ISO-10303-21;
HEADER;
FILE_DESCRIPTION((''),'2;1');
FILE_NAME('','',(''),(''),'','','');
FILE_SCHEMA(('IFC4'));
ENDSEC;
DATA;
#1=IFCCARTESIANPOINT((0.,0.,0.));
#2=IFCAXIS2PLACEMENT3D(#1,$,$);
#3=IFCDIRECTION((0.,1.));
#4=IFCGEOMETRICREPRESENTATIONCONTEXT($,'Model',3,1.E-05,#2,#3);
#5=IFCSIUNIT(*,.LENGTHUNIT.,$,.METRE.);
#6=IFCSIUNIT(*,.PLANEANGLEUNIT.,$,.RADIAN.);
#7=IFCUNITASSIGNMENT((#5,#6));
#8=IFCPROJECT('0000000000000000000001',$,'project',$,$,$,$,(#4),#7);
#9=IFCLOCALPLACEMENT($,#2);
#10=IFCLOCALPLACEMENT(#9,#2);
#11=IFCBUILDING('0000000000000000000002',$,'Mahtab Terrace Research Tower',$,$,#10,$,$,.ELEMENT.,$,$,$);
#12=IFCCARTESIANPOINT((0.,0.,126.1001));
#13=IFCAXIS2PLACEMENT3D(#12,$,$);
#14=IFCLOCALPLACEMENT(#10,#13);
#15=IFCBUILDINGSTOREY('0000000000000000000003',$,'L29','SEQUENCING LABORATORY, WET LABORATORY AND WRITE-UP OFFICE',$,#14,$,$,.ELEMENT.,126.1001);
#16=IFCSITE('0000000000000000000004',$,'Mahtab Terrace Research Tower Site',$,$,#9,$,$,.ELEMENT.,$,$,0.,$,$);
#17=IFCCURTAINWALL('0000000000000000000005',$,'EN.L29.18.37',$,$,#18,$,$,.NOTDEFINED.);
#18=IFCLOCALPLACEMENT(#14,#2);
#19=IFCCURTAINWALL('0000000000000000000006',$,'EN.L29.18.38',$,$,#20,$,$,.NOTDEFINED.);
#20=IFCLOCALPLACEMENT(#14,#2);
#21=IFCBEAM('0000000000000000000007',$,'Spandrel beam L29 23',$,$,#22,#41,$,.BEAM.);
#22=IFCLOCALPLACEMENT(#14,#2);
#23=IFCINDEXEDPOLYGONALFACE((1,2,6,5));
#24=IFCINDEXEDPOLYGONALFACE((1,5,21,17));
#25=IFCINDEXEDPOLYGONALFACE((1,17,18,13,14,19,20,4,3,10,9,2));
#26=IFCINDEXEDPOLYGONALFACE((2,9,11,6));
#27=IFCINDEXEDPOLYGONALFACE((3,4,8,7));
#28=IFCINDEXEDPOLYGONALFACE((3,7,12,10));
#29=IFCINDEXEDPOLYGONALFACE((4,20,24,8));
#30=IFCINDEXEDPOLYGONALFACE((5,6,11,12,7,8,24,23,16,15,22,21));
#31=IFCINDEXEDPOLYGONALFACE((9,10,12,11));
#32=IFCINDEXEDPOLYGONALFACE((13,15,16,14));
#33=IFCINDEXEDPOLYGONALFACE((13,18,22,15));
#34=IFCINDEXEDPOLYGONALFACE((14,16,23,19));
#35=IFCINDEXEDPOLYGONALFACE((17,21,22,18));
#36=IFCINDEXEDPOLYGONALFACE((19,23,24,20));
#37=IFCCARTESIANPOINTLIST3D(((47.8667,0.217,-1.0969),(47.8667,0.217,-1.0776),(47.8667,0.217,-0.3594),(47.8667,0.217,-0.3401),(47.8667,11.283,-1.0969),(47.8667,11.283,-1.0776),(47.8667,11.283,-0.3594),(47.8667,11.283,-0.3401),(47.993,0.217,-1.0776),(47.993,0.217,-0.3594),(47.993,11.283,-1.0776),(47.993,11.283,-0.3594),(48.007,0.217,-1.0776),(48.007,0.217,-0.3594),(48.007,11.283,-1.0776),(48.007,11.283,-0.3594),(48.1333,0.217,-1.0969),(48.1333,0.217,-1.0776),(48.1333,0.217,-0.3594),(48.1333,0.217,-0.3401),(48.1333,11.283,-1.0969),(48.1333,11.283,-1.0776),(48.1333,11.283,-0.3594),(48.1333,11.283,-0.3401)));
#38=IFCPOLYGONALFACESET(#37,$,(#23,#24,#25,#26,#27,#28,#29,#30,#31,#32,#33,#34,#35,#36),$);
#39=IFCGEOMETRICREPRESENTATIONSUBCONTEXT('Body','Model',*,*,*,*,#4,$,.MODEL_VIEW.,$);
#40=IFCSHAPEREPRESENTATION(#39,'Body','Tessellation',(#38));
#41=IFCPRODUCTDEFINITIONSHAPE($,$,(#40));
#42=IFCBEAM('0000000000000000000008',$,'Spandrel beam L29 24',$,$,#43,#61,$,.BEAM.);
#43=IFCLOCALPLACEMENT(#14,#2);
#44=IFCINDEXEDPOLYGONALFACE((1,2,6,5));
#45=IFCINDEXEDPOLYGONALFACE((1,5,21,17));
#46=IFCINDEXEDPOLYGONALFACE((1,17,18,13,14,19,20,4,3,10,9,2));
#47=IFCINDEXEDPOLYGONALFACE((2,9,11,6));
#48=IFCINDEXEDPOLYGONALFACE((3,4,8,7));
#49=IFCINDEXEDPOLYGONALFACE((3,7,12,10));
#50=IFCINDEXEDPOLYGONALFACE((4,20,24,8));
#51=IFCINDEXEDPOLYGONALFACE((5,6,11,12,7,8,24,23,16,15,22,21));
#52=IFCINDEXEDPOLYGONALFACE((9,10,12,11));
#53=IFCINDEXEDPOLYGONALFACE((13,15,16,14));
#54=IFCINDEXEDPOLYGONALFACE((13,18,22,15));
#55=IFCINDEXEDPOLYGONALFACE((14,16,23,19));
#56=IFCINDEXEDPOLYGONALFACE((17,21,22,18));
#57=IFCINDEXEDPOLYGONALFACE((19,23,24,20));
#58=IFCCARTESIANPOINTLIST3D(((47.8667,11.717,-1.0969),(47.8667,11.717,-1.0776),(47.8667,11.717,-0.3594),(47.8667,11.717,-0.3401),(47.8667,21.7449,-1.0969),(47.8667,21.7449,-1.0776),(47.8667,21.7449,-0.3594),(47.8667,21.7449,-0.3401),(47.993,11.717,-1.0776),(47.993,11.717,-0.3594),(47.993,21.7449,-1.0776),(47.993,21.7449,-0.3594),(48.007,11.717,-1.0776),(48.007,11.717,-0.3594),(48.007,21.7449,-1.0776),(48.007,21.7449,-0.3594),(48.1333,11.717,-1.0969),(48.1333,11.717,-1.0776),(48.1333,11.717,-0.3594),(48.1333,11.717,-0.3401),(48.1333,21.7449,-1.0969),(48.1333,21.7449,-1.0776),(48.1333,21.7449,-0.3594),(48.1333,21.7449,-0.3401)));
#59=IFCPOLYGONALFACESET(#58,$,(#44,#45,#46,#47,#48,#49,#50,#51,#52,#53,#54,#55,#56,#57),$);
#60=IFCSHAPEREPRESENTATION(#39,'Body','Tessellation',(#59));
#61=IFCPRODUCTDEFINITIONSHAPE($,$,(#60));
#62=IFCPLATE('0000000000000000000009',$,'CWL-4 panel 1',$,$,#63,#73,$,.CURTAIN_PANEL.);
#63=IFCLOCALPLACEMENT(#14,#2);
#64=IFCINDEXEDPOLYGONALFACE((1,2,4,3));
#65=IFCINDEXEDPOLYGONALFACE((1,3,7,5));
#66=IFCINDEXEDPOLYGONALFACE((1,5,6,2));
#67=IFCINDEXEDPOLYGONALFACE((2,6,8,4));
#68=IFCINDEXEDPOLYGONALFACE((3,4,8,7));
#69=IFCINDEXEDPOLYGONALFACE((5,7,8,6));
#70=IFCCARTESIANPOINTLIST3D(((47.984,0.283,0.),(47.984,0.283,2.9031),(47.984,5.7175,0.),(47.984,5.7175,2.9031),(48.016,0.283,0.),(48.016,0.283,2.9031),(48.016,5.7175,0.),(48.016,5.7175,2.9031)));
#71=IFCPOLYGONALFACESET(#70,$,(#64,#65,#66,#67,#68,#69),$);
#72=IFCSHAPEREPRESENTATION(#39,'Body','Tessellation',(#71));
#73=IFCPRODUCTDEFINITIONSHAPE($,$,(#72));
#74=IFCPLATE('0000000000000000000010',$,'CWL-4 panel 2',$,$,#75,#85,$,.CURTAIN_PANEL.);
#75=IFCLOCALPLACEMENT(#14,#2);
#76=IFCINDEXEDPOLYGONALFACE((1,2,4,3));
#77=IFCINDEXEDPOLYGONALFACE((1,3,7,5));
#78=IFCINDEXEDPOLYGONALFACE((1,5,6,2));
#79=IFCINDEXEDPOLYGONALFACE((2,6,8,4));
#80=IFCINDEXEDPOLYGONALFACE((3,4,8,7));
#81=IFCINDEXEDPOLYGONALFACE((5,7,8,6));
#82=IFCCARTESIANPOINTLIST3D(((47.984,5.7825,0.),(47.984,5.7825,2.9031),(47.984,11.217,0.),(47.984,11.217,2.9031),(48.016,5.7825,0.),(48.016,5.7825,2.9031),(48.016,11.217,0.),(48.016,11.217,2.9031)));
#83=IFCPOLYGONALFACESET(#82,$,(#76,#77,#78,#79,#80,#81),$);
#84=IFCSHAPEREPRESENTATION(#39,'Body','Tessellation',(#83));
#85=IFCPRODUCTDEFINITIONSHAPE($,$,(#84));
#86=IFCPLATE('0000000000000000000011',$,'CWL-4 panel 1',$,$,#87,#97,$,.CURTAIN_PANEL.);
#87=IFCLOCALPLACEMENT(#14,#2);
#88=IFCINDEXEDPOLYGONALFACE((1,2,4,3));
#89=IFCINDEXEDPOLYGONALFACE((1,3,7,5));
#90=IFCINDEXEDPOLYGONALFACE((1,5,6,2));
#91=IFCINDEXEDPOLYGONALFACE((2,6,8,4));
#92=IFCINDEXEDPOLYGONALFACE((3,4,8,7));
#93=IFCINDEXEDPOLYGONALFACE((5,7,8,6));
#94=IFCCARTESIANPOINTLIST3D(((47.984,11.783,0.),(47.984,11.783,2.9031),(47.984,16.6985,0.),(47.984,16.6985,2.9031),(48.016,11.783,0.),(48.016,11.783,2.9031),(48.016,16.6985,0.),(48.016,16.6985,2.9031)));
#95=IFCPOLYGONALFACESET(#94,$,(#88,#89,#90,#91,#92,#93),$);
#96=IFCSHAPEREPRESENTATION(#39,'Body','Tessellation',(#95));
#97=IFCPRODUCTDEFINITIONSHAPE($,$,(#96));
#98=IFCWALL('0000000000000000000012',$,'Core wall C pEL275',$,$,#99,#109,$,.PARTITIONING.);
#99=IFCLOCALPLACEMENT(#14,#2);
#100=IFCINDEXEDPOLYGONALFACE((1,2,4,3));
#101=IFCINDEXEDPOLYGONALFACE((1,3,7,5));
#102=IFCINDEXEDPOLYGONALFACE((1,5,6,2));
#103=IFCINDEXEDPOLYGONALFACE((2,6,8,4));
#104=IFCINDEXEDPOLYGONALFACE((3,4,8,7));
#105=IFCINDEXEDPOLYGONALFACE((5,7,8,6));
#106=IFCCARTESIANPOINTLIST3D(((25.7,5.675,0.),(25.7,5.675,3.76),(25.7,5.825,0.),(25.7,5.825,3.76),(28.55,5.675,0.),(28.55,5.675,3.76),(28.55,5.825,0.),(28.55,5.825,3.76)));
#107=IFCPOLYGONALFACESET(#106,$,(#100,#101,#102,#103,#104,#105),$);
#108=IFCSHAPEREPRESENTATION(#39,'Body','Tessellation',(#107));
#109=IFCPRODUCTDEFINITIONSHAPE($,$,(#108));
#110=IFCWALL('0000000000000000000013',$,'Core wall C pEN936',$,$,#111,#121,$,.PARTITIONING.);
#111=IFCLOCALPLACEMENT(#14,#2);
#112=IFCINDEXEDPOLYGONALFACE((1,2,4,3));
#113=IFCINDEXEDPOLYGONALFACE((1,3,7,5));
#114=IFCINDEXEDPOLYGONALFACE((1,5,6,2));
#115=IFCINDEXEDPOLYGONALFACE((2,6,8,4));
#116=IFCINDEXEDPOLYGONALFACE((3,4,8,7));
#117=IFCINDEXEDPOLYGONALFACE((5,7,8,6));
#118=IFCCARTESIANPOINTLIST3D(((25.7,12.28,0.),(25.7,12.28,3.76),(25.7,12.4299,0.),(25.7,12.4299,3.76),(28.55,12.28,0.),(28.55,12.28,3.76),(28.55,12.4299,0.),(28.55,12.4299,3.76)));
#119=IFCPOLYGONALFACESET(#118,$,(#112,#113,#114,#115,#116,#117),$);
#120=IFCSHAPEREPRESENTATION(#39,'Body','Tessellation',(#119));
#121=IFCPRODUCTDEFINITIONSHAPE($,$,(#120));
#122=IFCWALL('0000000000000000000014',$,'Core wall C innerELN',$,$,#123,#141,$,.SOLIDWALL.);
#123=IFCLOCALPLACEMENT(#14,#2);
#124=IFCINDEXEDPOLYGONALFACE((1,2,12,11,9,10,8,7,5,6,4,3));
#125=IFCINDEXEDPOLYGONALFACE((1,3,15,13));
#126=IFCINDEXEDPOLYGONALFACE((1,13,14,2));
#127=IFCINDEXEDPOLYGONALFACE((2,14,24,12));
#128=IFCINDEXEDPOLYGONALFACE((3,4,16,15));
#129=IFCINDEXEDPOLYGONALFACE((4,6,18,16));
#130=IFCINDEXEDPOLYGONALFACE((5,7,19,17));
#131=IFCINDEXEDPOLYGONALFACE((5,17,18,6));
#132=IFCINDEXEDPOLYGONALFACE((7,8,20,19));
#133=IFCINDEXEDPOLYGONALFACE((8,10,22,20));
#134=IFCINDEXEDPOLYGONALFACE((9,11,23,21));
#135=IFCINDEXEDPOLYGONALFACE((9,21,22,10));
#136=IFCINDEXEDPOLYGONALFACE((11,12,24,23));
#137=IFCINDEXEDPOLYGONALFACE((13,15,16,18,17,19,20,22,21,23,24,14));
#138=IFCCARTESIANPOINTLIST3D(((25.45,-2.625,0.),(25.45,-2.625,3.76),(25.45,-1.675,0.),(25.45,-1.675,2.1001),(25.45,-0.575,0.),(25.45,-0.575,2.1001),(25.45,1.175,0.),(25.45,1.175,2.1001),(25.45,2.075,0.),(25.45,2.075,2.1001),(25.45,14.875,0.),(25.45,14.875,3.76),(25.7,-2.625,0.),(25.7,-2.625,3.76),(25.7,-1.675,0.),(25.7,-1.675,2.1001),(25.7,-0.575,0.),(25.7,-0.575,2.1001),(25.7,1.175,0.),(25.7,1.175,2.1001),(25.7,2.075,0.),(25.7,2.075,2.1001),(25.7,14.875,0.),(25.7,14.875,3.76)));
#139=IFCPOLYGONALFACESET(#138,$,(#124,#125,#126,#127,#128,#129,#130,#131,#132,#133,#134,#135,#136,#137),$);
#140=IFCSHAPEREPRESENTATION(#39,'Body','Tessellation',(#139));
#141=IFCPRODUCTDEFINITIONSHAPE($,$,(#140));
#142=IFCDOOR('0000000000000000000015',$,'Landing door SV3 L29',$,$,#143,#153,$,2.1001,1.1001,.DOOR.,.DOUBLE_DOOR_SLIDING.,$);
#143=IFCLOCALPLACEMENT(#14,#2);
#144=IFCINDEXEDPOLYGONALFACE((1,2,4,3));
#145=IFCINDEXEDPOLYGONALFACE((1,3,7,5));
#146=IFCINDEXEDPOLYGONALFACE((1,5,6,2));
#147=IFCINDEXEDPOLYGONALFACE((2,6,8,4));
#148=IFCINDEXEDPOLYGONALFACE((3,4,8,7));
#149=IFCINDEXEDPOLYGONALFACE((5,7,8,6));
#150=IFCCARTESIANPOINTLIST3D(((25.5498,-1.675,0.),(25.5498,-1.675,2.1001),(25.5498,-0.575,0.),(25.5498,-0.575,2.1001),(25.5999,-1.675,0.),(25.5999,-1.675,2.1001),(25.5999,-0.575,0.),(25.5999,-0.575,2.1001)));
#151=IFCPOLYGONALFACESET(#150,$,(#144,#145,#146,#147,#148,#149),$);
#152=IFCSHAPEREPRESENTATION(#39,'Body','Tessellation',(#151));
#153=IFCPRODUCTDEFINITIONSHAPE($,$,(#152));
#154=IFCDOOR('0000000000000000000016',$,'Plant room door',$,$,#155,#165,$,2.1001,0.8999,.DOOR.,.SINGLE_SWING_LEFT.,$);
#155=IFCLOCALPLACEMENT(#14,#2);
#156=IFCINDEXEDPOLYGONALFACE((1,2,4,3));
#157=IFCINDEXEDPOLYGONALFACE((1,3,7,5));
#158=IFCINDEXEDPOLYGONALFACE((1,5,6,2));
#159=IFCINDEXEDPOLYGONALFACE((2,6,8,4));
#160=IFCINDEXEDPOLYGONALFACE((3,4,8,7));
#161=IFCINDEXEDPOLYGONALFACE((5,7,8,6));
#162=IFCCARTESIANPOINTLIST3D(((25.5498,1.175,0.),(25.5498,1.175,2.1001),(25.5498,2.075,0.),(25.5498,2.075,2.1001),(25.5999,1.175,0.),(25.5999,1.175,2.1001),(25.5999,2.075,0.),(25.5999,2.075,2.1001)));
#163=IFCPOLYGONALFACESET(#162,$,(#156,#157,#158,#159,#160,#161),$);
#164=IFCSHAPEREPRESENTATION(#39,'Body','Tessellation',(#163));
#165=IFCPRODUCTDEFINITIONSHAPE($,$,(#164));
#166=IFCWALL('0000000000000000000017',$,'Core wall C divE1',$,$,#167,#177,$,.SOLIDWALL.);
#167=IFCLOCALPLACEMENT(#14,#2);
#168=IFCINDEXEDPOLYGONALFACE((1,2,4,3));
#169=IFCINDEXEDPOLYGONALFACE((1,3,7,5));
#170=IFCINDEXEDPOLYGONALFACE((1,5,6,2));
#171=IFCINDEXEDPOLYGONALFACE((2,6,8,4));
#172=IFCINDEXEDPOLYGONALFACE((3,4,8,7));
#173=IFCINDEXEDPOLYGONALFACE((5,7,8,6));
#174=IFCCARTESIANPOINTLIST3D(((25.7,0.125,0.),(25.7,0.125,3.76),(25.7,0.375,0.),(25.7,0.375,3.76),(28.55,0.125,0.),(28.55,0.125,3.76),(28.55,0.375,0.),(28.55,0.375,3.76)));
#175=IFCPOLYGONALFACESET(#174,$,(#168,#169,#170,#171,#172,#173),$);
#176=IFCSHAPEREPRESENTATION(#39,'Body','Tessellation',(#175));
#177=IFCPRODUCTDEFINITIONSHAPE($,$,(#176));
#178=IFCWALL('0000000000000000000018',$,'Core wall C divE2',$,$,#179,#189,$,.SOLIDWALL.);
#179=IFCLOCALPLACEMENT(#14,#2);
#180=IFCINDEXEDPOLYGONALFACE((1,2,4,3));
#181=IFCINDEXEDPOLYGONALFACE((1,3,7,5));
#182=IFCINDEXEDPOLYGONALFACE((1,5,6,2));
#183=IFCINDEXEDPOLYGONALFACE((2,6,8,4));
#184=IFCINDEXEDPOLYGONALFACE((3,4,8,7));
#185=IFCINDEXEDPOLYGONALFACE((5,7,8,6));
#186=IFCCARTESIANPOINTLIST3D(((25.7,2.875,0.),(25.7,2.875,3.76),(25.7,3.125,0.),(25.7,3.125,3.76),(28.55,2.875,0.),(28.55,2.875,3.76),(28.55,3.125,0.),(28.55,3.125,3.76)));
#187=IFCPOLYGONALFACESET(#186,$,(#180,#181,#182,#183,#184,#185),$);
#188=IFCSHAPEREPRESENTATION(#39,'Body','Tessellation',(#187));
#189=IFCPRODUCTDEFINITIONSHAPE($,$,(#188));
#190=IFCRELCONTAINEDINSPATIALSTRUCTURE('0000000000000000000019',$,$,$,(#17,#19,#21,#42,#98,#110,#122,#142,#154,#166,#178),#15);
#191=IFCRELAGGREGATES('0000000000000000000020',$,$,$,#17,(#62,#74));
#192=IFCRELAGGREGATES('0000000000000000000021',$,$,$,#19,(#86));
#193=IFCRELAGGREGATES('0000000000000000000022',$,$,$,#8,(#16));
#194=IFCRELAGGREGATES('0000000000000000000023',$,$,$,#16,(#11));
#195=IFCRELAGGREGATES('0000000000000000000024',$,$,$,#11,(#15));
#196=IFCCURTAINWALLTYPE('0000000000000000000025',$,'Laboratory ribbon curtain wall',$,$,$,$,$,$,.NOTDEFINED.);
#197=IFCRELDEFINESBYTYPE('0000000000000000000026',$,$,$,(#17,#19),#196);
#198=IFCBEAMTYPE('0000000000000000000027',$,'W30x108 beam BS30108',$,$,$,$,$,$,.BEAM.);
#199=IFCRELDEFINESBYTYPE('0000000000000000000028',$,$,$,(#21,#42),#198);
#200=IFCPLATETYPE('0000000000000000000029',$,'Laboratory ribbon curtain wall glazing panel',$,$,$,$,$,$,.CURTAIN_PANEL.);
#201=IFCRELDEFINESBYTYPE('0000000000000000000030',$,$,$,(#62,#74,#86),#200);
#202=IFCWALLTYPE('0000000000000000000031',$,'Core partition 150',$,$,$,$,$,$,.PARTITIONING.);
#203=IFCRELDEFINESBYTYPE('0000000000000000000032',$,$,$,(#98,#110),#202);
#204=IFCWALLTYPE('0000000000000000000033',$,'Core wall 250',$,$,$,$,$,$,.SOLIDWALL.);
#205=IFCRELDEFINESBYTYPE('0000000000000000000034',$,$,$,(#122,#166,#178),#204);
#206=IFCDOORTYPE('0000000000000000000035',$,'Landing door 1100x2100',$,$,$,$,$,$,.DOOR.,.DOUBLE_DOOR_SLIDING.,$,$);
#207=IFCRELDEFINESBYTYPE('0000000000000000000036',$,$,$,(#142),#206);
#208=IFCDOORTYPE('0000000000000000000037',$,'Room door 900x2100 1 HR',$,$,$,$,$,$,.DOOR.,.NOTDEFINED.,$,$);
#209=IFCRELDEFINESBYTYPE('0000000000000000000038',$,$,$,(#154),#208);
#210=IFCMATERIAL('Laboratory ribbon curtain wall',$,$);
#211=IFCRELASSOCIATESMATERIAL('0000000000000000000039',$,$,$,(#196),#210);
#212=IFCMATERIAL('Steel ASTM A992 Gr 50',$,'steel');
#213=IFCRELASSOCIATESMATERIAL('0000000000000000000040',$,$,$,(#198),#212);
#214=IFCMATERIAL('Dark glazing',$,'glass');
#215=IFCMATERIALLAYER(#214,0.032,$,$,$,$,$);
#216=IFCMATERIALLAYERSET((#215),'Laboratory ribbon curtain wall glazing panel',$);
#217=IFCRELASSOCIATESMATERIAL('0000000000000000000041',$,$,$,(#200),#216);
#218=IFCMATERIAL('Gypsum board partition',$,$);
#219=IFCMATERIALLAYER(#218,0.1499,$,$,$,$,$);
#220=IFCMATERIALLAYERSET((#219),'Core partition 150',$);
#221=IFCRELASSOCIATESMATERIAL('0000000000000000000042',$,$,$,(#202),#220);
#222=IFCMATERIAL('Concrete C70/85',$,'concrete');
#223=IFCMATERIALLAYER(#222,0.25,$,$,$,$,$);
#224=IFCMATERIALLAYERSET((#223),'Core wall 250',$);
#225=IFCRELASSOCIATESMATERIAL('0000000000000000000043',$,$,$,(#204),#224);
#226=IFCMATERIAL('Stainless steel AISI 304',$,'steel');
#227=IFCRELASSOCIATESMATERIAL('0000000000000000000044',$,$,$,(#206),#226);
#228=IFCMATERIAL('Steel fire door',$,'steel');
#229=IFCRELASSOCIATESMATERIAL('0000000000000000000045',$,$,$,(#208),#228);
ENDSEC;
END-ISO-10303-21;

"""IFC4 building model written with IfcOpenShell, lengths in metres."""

from ifc_helpers import new_model, si_unit, direction, frame, frame_2d, origin, origin_2d, place, context, subcontext, project, spatial, rectangle, i_section, extrude, material, layer, layer_set, material_profile, profile_set, type_object, element, fill, aggregate, save


model = new_model("IFC4")

# Units and contexts
model_context = context("Model", 3, precision=1e-05, world=origin(), true_north=direction((0.0, 1.0)))
body_context = subcontext(model_context, "Body", "Model", "MODEL_VIEW")
ifc_project = project(units=[si_unit("LENGTHUNIT", "METRE"), si_unit("PLANEANGLEUNIT", "RADIAN")], contexts=[model_context])

# Site, building, storey
site_placement = place(None, origin())
site = spatial("IfcSite", under=ifc_project, at=site_placement, Name="Mahtab Terrace Research Tower Site", CompositionType="ELEMENT", RefElevation=0.0)
building_placement = place(site_placement, origin())
building = spatial("IfcBuilding", under=site, at=building_placement, Name="Mahtab Terrace Research Tower", CompositionType="ELEMENT")
storey_placement = place(building_placement, frame((0.0, 0.0, 126.1001)))
storey = spatial("IfcBuildingStorey", under=building, at=storey_placement, Name="L29", Description="SEQUENCING LABORATORY, WET LABORATORY AND WRITE-UP OFFICE", CompositionType="ELEMENT", Elevation=126.1001)

# Shared definitions
ifc_material_1 = material(Name="Concrete C70/85", Category="concrete")
ifc_material_2 = material(Name="Steel ASTM A992 Gr 50", Category="steel")

# Curtain walls
ifc_material_3 = material(Name="Laboratory ribbon curtain wall")
curtain_wall_type = type_object("IfcCurtainWallType", Name="Laboratory ribbon curtain wall", PredefinedType="NOTDEFINED", material=ifc_material_3)
curtain_wall_1_placement = place(storey_placement, origin())
curtain_wall_1 = element("IfcCurtainWall", 1, at=curtain_wall_1_placement, inside=storey, type_object=curtain_wall_type, Name="EN.L29.18.37", PredefinedType="NOTDEFINED")
curtain_wall_2_placement = place(storey_placement, origin())
curtain_wall_2 = element("IfcCurtainWall", 2, at=curtain_wall_2_placement, inside=storey, type_object=curtain_wall_type, Name="EN.L29.18.38", PredefinedType="NOTDEFINED")

# Beams
ifc_material_profile_1 = material_profile(ifc_material_2, i_section(OverallWidth=0.2666, OverallDepth=0.7568, WebThickness=0.0139, FlangeThickness=0.0193, at=origin_2d()), Name="W30X108")
ifc_profile_set_1 = profile_set([ifc_material_profile_1], Name="Steel ASTM A992 Gr 50")
beam_type = type_object("IfcBeamType", Name="W30x108 beam BS30108", PredefinedType="BEAM", material=ifc_profile_set_1)
beam_1_placement = place(storey_placement, frame((48.0, 0.217, -0.7185), z_axis=(0.0, 1.0, 0.0), x_axis=(-1.0, 0.0, 0.0)))
element("IfcBeam", 3, at=beam_1_placement, inside=storey, type_object=beam_type, Name="Spandrel beam L29 23", PredefinedType="BEAM", context=body_context, shape_type="SweptSolid", body=[
    extrude(i_section(OverallWidth=0.2666, OverallDepth=0.7568, WebThickness=0.0139, FlangeThickness=0.0193, at=origin_2d()), origin(), (0.0, 0.0, 1.0), 11.0659),
])
beam_2_placement = place(storey_placement, frame((48.0, 11.717, -0.7185), z_axis=(0.0, 1.0, 0.0), x_axis=(-1.0, 0.0, 0.0)))
element("IfcBeam", 4, at=beam_2_placement, inside=storey, type_object=beam_type, Name="Spandrel beam L29 24", PredefinedType="BEAM", context=body_context, shape_type="SweptSolid", body=[
    extrude(i_section(OverallWidth=0.2666, OverallDepth=0.7568, WebThickness=0.0139, FlangeThickness=0.0193, at=origin_2d()), origin(), (0.0, 0.0, 1.0), 10.0278),
])

# Plates
ifc_material_4 = material(Name="Dark glazing", Category="glass")
ifc_layer_1 = layer(ifc_material_4, 0.032)
ifc_layer_set_1 = layer_set([ifc_layer_1], Name="Laboratory ribbon curtain wall glazing panel")
plate_type = type_object("IfcPlateType", Name="Laboratory ribbon curtain wall glazing panel", PredefinedType="CURTAIN_PANEL", material=ifc_layer_set_1)
plate_1_placement = place(storey_placement, frame((48.0, 3.0002, 0.0), z_axis=(0.0, 0.0, 1.0), x_axis=(0.0, 1.0, 0.0)))
plate_1 = element("IfcPlate", 5, at=plate_1_placement, type_object=plate_type, Name="CWL-4 panel 1", PredefinedType="CURTAIN_PANEL", context=body_context, shape_type="SweptSolid", body=[
    extrude(rectangle(XDim=5.4346, YDim=0.032, at=origin_2d()), origin(), (0.0, 0.0, 1.0), 2.9031),
])
plate_2_placement = place(storey_placement, frame((48.0, 8.4998, 0.0), z_axis=(0.0, 0.0, 1.0), x_axis=(0.0, 1.0, 0.0)))
plate_2 = element("IfcPlate", 6, at=plate_2_placement, type_object=plate_type, Name="CWL-4 panel 2", PredefinedType="CURTAIN_PANEL", context=body_context, shape_type="SweptSolid", body=[
    extrude(rectangle(XDim=5.4346, YDim=0.032, at=origin_2d()), origin(), (0.0, 0.0, 1.0), 2.9031),
])
aggregate(curtain_wall_1, [plate_1, plate_2])
plate_3_placement = place(storey_placement, frame((48.0, 14.2407, 0.0), z_axis=(0.0, 0.0, 1.0), x_axis=(0.0, 1.0, 0.0)))
plate_3 = element("IfcPlate", 7, at=plate_3_placement, type_object=plate_type, Name="CWL-4 panel 1", PredefinedType="CURTAIN_PANEL", context=body_context, shape_type="SweptSolid", body=[
    extrude(rectangle(XDim=4.9155, YDim=0.032, at=origin_2d()), origin(), (0.0, 0.0, 1.0), 2.9031),
])
aggregate(curtain_wall_2, [plate_3])

# Walls
ifc_material_5 = material(Name="Gypsum board partition")
ifc_layer_2 = layer(ifc_material_5, 0.1499)
ifc_layer_set_2 = layer_set([ifc_layer_2], Name="Core partition 150")
wall_type_1 = type_object("IfcWallType", Name="Core partition 150", PredefinedType="PARTITIONING", material=ifc_layer_set_2)
for number, where, z_axis, x_axis, name in (
    (8, (25.7, 5.75, 0.0), (0.0, 0.0, 1.0), (1.0, 0.0, 0.0), "Core wall C pEL275"),
    (9, (25.7, 12.355, 0.0), (0.0, 0.0, 1.0), (1.0, 0.0, 0.0), "Core wall C pEN936"),
):
    element("IfcWall", number, at=place(storey_placement, frame(where, z_axis=z_axis, x_axis=x_axis)), inside=storey, type_object=wall_type_1, Name=name, PredefinedType="PARTITIONING", context=body_context, shape_type="SweptSolid", body=[
        extrude(rectangle(XDim=2.8501, YDim=0.1499, at=frame_2d((1.425, 0.0))), origin(), (0.0, 0.0, 1.0), 3.76),
    ])

# Wall, openings, doors
ifc_layer_3 = layer(ifc_material_1, 0.25)
ifc_layer_set_3 = layer_set([ifc_layer_3], Name="Core wall 250")
wall_type_2 = type_object("IfcWallType", Name="Core wall 250", PredefinedType="SOLIDWALL", material=ifc_layer_set_3)
wall_1_placement = place(storey_placement, frame((25.575, 14.875, 0.0), z_axis=(0.0, 0.0, 1.0), x_axis=(0.0, -1.0, 0.0)))
wall_1 = element("IfcWall", 10, at=wall_1_placement, inside=storey, type_object=wall_type_2, Name="Core wall C innerELN", PredefinedType="SOLIDWALL", context=body_context, shape_type="SweptSolid", body=[
    extrude(rectangle(XDim=17.5, YDim=0.25, at=frame_2d((8.75, 0.0))), origin(), (0.0, 0.0, 1.0), 3.76),
])
opening_1_placement = place(wall_1_placement, frame((15.45, 0.0, 0.0)))
opening_1 = element("IfcOpeningElement", 11, at=opening_1_placement, cuts=wall_1, PredefinedType="OPENING", context=body_context, shape_type="SweptSolid", body=[
    extrude(rectangle(XDim=1.1001, YDim=2.1001, at=frame_2d((0.55, 1.05))), frame((0.0, 0.135, 0.0), z_axis=(0.0, -1.0, 0.0), x_axis=(1.0, 0.0, 0.0)), (0.0, 0.0, 1.0), 0.27),
])
opening_2_placement = place(wall_1_placement, frame((12.8, 0.0, 0.0)))
opening_2 = element("IfcOpeningElement", 12, at=opening_2_placement, cuts=wall_1, PredefinedType="OPENING", context=body_context, shape_type="SweptSolid", body=[
    extrude(rectangle(XDim=0.8999, YDim=2.1001, at=frame_2d((0.45, 1.05))), frame((0.0, 0.135, 0.0), z_axis=(0.0, -1.0, 0.0), x_axis=(1.0, 0.0, 0.0)), (0.0, 0.0, 1.0), 0.27),
])
ifc_material_6 = material(Name="Stainless steel AISI 304", Category="steel")
door_type_1 = type_object("IfcDoorType", Name="Landing door 1100x2100", OperationType="DOUBLE_DOOR_SLIDING", PredefinedType="DOOR", material=ifc_material_6)
door_1_placement = place(opening_1_placement, origin())
door_1 = element("IfcDoor", 13, at=door_1_placement, inside=storey, type_object=door_type_1, Name="Landing door SV3 L29", OperationType="DOUBLE_DOOR_SLIDING", OverallHeight=2.1001, OverallWidth=1.1001, PredefinedType="DOOR", context=body_context, shape_type="SweptSolid", body=[
    extrude(rectangle(XDim=1.1001, YDim=2.1001, at=frame_2d((0.55, 1.05))), frame((0.0, 0.0249, 0.0), z_axis=(0.0, -1.0, 0.0), x_axis=(1.0, 0.0, 0.0)), (0.0, 0.0, 1.0), 0.05),
])
fill(opening_1, door_1)
ifc_material_7 = material(Name="Steel fire door", Category="steel")
door_type_2 = type_object("IfcDoorType", Name="Room door 900x2100 1 HR", OperationType="NOTDEFINED", PredefinedType="DOOR", material=ifc_material_7)
door_2_placement = place(opening_2_placement, origin())
door_2 = element("IfcDoor", 14, at=door_2_placement, inside=storey, type_object=door_type_2, Name="Plant room door", OperationType="SINGLE_SWING_LEFT", OverallHeight=2.1001, OverallWidth=0.8999, PredefinedType="DOOR", context=body_context, shape_type="SweptSolid", body=[
    extrude(rectangle(XDim=0.8999, YDim=2.1001, at=frame_2d((0.45, 1.05))), frame((0.0, 0.0249, 0.0), z_axis=(0.0, -1.0, 0.0), x_axis=(1.0, 0.0, 0.0)), (0.0, 0.0, 1.0), 0.05),
])
fill(opening_2, door_2)

# Walls
for number, where, z_axis, x_axis, name in (
    (15, (25.7, 0.25, 0.0), (0.0, 0.0, 1.0), (1.0, 0.0, 0.0), "Core wall C divE1"),
    (16, (25.7, 3.0, 0.0), (0.0, 0.0, 1.0), (1.0, 0.0, 0.0), "Core wall C divE2"),
):
    element("IfcWall", number, at=place(storey_placement, frame(where, z_axis=z_axis, x_axis=x_axis)), inside=storey, type_object=wall_type_2, Name=name, PredefinedType="SOLIDWALL", context=body_context, shape_type="SweptSolid", body=[
        extrude(rectangle(XDim=2.8501, YDim=0.25, at=frame_2d((1.425, 0.0))), origin(), (0.0, 0.0, 1.0), 3.76),
    ])

save(model, "model.ifc")
